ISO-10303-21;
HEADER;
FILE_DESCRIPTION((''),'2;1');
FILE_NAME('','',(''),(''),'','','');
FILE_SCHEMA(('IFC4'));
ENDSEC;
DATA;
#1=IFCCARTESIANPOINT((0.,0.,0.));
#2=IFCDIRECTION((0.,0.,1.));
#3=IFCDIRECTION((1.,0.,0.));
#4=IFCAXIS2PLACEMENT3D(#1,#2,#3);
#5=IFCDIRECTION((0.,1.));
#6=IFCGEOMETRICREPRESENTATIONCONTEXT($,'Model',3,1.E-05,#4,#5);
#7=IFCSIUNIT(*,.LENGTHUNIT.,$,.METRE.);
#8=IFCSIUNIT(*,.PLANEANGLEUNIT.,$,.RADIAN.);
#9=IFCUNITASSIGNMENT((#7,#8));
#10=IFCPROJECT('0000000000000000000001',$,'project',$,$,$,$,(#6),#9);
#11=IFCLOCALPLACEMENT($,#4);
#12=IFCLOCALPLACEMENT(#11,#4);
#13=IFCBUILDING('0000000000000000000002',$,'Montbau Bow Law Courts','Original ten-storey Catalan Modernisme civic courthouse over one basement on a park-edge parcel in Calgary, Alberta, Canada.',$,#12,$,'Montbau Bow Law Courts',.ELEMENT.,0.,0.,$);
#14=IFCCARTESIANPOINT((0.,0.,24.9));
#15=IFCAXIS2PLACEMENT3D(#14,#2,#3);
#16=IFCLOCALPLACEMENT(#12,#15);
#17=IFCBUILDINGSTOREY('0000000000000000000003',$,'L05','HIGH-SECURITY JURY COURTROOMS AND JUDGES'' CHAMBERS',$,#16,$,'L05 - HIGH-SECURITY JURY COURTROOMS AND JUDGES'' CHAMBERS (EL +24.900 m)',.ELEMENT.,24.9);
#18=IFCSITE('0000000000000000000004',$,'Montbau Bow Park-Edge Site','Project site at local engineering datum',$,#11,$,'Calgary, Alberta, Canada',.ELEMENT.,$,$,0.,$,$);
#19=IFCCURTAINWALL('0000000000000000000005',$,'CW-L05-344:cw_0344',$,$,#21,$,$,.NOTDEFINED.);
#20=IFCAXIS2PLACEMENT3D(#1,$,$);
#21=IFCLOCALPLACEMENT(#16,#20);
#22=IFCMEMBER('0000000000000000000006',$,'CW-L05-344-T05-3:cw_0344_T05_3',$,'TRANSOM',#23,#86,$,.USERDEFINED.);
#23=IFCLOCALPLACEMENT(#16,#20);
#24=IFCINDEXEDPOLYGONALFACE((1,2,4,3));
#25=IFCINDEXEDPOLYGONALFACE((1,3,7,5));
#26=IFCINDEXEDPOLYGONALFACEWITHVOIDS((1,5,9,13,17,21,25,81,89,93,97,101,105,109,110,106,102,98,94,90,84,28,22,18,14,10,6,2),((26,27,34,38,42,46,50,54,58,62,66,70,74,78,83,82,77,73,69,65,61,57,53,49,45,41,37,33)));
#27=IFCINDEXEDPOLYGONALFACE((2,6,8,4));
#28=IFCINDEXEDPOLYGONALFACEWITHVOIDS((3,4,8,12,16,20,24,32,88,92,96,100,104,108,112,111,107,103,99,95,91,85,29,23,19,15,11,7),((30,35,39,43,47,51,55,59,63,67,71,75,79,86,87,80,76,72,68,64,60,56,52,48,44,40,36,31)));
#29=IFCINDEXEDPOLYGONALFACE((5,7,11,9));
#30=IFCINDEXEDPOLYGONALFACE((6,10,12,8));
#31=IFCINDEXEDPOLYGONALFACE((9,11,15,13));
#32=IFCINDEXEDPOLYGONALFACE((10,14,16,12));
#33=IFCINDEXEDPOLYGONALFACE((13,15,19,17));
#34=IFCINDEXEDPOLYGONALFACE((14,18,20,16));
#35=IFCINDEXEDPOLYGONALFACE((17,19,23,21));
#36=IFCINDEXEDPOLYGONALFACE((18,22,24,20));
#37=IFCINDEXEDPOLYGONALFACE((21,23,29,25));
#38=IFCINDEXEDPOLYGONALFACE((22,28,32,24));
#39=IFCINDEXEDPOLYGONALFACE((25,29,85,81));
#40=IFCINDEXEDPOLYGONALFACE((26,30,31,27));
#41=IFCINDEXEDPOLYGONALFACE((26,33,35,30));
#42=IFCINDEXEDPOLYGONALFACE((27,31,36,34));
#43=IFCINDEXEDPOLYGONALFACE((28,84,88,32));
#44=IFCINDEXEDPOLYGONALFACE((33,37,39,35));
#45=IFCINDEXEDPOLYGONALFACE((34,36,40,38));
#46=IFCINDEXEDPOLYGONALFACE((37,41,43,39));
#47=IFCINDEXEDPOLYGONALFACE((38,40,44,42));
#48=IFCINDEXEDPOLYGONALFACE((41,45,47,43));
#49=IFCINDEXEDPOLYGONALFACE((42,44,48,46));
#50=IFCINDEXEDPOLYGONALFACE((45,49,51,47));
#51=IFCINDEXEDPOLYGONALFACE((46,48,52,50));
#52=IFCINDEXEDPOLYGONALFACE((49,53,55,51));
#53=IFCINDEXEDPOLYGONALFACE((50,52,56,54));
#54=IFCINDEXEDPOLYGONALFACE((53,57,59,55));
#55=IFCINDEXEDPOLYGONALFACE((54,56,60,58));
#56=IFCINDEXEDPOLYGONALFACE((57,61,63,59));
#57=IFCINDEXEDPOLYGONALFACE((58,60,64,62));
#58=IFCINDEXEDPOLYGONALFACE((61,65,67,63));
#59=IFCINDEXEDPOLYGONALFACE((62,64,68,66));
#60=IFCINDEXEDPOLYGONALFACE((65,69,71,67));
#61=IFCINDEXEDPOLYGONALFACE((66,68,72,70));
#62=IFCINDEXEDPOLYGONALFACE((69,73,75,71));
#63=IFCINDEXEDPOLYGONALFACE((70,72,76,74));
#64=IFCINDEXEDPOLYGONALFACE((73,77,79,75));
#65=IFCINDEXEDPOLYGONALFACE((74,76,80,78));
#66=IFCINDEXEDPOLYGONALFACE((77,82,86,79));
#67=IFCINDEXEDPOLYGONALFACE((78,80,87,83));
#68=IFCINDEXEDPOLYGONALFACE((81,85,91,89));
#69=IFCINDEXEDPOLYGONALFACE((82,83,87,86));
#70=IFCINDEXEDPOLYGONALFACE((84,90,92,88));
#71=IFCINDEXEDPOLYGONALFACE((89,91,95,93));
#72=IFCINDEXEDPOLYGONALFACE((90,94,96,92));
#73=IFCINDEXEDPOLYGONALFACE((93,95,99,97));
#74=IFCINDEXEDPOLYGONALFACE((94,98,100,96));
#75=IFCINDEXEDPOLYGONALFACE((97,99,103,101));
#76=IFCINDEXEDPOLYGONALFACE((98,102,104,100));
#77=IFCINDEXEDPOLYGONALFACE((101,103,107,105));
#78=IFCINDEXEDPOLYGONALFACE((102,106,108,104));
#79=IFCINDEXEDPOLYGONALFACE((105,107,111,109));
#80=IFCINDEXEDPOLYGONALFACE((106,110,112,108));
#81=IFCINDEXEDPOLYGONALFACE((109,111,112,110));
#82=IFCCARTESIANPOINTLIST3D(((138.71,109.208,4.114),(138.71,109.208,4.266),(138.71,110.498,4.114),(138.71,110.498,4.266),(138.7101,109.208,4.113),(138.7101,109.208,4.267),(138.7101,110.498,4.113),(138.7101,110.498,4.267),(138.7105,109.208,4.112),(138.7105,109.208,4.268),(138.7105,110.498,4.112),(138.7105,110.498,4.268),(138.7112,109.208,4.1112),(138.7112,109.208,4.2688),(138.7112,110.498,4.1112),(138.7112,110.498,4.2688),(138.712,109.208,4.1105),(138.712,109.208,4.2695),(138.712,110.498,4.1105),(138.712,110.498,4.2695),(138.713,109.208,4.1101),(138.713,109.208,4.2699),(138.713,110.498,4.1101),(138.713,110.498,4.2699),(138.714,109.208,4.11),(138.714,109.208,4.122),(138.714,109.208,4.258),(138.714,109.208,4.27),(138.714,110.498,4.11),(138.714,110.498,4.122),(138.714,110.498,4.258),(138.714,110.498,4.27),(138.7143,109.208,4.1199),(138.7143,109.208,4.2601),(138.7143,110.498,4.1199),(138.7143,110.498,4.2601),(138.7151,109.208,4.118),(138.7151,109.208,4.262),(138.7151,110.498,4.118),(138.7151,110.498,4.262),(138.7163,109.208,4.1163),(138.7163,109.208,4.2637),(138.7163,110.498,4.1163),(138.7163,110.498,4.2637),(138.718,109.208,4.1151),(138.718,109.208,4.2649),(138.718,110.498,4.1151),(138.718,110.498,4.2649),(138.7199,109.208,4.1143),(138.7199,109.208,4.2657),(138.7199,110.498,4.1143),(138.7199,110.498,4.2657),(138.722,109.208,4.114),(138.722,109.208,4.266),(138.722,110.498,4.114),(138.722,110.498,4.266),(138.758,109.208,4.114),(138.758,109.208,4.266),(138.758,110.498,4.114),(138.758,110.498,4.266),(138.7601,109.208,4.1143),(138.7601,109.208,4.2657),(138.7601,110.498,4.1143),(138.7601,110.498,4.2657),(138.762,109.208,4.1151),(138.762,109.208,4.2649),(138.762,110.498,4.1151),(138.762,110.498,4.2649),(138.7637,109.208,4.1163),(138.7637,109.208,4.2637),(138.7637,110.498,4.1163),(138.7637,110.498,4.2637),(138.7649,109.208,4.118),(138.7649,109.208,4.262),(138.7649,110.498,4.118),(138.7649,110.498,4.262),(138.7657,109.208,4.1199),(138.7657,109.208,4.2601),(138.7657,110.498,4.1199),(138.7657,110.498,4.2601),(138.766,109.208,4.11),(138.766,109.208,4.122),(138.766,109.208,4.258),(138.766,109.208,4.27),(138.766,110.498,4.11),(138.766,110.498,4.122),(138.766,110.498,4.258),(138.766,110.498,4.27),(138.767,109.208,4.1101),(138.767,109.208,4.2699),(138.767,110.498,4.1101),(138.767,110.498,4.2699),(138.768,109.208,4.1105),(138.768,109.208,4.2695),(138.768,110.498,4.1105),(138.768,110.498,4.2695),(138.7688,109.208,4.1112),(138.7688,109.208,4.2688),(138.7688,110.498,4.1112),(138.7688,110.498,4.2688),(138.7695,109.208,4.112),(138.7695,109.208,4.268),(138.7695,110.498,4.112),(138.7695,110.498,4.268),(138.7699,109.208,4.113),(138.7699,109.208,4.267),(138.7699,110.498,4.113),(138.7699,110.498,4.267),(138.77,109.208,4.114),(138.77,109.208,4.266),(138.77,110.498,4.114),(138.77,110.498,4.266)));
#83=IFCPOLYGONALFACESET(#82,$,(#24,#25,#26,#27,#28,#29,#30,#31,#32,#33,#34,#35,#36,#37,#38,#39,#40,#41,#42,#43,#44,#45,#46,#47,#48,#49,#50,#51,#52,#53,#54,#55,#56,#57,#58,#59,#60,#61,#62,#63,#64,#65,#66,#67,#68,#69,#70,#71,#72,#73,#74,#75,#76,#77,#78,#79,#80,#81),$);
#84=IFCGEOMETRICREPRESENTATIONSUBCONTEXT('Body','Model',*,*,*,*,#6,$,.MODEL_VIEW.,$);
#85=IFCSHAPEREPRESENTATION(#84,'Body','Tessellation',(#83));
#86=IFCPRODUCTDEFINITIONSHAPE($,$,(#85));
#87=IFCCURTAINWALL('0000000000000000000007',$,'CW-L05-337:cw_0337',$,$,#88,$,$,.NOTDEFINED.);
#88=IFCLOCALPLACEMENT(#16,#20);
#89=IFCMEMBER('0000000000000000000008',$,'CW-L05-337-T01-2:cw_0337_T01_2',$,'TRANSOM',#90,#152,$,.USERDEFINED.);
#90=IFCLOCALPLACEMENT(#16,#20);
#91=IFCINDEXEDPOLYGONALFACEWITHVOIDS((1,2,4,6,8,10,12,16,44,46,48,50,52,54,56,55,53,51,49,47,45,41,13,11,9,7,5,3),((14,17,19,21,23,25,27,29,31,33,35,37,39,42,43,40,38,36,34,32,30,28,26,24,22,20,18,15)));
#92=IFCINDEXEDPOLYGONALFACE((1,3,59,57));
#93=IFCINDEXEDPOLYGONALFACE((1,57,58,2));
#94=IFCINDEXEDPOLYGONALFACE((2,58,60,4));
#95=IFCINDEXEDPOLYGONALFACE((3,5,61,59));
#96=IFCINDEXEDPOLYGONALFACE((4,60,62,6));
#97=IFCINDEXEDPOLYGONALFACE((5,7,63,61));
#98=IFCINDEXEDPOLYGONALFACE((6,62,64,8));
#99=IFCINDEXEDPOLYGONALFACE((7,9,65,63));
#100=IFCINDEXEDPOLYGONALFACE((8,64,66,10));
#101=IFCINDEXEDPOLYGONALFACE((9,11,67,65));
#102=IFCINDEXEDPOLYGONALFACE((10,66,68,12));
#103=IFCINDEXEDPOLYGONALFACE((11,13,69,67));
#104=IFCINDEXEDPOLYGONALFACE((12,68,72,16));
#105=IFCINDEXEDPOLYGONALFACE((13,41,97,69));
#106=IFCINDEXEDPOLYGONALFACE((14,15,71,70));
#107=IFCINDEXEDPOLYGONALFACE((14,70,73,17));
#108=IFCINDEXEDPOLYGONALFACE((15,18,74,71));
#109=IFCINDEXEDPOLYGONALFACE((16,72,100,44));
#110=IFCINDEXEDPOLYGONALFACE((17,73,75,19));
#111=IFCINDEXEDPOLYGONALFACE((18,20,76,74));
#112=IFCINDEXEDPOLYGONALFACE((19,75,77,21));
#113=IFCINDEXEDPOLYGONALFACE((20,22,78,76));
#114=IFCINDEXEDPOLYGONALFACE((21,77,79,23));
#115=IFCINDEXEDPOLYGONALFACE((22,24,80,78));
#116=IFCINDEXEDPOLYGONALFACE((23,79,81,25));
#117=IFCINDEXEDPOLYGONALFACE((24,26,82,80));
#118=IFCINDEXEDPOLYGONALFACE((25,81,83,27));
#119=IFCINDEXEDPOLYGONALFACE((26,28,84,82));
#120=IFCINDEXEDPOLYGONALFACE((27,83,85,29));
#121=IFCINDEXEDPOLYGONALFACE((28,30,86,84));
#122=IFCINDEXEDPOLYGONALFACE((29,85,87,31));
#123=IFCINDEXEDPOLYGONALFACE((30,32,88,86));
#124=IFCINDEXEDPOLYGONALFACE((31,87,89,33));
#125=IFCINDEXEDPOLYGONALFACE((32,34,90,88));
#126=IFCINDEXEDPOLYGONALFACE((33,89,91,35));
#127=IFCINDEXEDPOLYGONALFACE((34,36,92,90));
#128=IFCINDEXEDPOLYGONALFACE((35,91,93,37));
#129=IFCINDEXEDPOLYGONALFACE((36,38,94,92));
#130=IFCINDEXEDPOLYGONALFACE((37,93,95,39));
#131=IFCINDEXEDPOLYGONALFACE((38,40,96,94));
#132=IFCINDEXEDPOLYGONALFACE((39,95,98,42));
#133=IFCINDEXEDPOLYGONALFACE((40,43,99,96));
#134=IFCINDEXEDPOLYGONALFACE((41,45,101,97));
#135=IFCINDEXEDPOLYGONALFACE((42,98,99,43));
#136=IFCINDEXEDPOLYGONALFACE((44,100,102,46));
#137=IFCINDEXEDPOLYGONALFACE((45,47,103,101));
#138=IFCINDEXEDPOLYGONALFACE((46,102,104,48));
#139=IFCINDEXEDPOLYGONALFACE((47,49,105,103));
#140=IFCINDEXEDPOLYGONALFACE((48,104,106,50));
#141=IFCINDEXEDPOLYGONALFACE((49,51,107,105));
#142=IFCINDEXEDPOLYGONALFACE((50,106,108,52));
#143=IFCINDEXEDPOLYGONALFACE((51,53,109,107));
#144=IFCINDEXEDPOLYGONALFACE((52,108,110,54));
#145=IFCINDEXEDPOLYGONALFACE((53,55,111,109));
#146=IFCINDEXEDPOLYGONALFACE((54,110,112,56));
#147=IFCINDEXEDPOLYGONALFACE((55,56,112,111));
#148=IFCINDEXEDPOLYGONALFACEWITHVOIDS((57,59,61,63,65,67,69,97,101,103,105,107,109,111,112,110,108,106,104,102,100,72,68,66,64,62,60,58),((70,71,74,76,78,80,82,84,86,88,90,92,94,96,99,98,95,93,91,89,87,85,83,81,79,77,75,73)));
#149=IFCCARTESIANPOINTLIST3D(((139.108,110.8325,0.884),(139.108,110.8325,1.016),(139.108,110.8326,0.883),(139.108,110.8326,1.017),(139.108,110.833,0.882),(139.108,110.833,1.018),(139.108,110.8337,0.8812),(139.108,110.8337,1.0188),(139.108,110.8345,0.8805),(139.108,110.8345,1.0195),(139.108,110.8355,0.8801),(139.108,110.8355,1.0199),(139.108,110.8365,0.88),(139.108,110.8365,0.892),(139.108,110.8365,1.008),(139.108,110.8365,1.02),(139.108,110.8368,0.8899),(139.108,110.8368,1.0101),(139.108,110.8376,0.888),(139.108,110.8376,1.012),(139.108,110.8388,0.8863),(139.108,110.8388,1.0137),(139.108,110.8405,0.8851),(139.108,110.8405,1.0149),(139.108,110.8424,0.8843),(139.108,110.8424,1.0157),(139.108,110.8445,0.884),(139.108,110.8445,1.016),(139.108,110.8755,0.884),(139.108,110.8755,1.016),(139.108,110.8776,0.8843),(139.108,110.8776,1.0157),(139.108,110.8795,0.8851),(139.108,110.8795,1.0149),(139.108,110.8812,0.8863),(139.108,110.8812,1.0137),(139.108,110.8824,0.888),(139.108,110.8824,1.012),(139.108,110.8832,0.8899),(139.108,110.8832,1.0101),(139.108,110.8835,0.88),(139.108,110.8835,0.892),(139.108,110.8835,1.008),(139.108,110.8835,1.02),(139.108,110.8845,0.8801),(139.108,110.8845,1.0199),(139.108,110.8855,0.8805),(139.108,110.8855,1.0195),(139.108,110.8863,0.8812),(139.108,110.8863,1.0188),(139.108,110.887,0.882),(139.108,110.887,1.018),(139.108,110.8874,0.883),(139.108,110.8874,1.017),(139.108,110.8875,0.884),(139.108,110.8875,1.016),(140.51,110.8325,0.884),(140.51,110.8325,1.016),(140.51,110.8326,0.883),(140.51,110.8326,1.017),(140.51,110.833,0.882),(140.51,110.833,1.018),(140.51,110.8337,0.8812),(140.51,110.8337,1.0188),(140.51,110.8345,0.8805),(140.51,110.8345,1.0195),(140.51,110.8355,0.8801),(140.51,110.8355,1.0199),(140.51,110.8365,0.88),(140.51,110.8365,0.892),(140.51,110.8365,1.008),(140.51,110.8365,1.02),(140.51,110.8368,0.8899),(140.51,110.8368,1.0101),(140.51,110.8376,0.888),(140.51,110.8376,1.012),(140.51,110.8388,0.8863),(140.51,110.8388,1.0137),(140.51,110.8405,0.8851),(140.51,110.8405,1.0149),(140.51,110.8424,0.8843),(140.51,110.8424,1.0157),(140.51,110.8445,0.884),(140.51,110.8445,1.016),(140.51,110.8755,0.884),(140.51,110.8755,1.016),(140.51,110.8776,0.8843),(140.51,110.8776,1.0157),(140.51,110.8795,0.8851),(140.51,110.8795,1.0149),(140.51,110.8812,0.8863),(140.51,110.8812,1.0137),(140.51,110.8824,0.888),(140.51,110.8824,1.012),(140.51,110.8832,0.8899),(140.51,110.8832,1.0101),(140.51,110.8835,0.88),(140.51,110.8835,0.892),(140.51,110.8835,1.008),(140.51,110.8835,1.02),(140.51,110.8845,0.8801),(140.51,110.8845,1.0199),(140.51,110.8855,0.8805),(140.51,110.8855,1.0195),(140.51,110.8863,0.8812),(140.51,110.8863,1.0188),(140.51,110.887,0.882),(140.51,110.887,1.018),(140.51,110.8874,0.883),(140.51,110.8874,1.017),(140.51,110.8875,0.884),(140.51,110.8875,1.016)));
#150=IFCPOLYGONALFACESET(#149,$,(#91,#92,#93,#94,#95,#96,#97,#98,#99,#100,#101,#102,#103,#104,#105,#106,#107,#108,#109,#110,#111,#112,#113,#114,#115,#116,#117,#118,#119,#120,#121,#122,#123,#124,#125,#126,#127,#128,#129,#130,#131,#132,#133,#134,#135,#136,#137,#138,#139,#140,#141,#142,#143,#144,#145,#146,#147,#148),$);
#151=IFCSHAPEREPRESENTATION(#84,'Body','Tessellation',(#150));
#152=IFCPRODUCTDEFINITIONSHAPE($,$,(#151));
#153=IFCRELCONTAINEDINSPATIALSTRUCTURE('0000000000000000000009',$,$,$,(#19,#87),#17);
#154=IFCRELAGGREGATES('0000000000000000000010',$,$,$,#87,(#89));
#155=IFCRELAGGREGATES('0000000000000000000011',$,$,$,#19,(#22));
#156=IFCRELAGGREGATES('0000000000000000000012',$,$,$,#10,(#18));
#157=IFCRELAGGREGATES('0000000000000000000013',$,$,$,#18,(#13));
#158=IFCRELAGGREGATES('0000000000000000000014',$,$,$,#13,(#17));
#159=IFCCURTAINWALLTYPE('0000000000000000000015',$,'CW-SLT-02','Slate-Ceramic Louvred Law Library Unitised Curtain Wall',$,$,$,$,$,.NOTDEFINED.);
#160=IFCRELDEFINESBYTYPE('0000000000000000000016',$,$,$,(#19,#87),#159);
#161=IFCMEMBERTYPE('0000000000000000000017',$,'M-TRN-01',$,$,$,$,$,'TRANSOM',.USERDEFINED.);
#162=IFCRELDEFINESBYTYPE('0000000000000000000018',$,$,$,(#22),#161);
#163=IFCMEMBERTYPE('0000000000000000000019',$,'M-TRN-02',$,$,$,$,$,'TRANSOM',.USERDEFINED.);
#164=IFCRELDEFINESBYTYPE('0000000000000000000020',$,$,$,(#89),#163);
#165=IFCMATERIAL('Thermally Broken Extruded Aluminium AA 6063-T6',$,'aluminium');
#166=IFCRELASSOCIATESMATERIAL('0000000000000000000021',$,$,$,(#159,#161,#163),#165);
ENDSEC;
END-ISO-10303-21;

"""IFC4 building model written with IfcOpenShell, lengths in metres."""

from ifc_helpers import new_model, si_unit, direction, frame, origin_with_axes, origin_2d_with_axis, place, context, subcontext, project, spatial, hollow_rectangle, extrude, material, material_profile, profile_set, type_object, element, aggregate, save


model = new_model("IFC4")

# Units and contexts
model_context = context("Model", 3, precision=1e-05, world=origin_with_axes(), true_north=direction((0.0, 1.0)))
body_context = subcontext(model_context, "Body", "Model", "MODEL_VIEW")
ifc_project = project(units=[si_unit("LENGTHUNIT", "METRE"), si_unit("PLANEANGLEUNIT", "RADIAN")], contexts=[model_context])

# Site, building, storey
site_placement = place(None, origin_with_axes())
site = spatial("IfcSite", under=ifc_project, at=site_placement, Name="Montbau Bow Park-Edge Site", Description="Project site at local engineering datum", LongName="Calgary, Alberta, Canada", CompositionType="ELEMENT", RefElevation=0.0)
building_placement = place(site_placement, origin_with_axes())
building = spatial("IfcBuilding", under=site, at=building_placement, Name="Montbau Bow Law Courts", Description="Original ten-storey Catalan Modernisme civic courthouse over one basement on a park-edge parcel in Calgary, Alberta, Canada.", LongName="Montbau Bow Law Courts", CompositionType="ELEMENT", ElevationOfRefHeight=0.0, ElevationOfTerrain=0.0)
storey_placement = place(building_placement, frame((0.0, 0.0, 24.9), z_axis=(0.0, 0.0, 1.0), x_axis=(1.0, 0.0, 0.0)))
storey = spatial("IfcBuildingStorey", under=building, at=storey_placement, Name="L05", Description="HIGH-SECURITY JURY COURTROOMS AND JUDGES' CHAMBERS", LongName="L05 - HIGH-SECURITY JURY COURTROOMS AND JUDGES' CHAMBERS (EL +24.900 m)", CompositionType="ELEMENT", Elevation=24.9)

# Curtain wall, member
ifc_material_1 = material(Name="Thermally Broken Extruded Aluminium AA 6063-T6", Category="aluminium")
curtain_wall_type = type_object("IfcCurtainWallType", Name="CW-SLT-02", Description="Slate-Ceramic Louvred Law Library Unitised Curtain Wall", PredefinedType="NOTDEFINED", material=ifc_material_1)
curtain_wall_1_placement = place(None, frame((138.74, 103.64, 24.9), z_axis=(0.0, 0.0, 1.0), x_axis=(1.0, 0.0, 0.0)))
curtain_wall_1 = element("IfcCurtainWall", 1, at=curtain_wall_1_placement, inside=storey, type_object=curtain_wall_type, Name="CW-L05-344:cw_0344", PredefinedType="NOTDEFINED")
ifc_material_profile_1 = material_profile(ifc_material_1, hollow_rectangle(XDim=0.06, YDim=0.16, WallThickness=0.004, InnerFilletRadius=0.008, OuterFilletRadius=0.004, at=origin_2d_with_axis()), Name="CWT-160X60", Category="Main", Priority=0)
ifc_profile_set_1 = profile_set([ifc_material_profile_1], Name="Thermally Broken Extruded Aluminium AA 6063-T6")
member_type_1 = type_object("IfcMemberType", Name="M-TRN-01", ElementType="TRANSOM", PredefinedType="USERDEFINED", material=ifc_profile_set_1)
member_1_placement = place(None, frame((138.74, 109.208, 29.09), z_axis=(0.0, 1.0, 0.0), x_axis=(-1.0, 0.0, 0.0)))
member_1 = element("IfcMember", 2, at=member_1_placement, type_object=member_type_1, Name="CW-L05-344-T05-3:cw_0344_T05_3", ObjectType="TRANSOM", PredefinedType="USERDEFINED", context=body_context, shape_type="SweptSolid", body=[
    extrude(hollow_rectangle(XDim=0.06, YDim=0.16, WallThickness=0.004, InnerFilletRadius=0.008, OuterFilletRadius=0.004, at=origin_2d_with_axis()), origin_with_axes(), (0.0, 0.0, 1.0), 1.29),
])

# Curtain wall, member
curtain_wall_2_placement = place(None, frame((139.04, 110.86, 24.9), z_axis=(0.0, 0.0, 1.0), x_axis=(1.0, 0.0, 0.0)))
curtain_wall_2 = element("IfcCurtainWall", 3, at=curtain_wall_2_placement, inside=storey, type_object=curtain_wall_type, Name="CW-L05-337:cw_0337", PredefinedType="NOTDEFINED")
ifc_material_profile_2 = material_profile(ifc_material_1, hollow_rectangle(XDim=0.055, YDim=0.14, WallThickness=0.004, InnerFilletRadius=0.008, OuterFilletRadius=0.004, at=origin_2d_with_axis()), Name="CWT-140X55", Category="Main", Priority=0)
ifc_profile_set_2 = profile_set([ifc_material_profile_2], Name="Thermally Broken Extruded Aluminium AA 6063-T6")
member_type_2 = type_object("IfcMemberType", Name="M-TRN-02", ElementType="TRANSOM", PredefinedType="USERDEFINED", material=ifc_profile_set_2)
member_2_placement = place(None, frame((139.108, 110.86, 25.85), z_axis=(1.0, 0.0, 0.0), x_axis=(0.0, 1.0, 0.0)))
member_2 = element("IfcMember", 4, at=member_2_placement, type_object=member_type_2, Name="CW-L05-337-T01-2:cw_0337_T01_2", ObjectType="TRANSOM", PredefinedType="USERDEFINED", context=body_context, shape_type="SweptSolid", body=[
    extrude(hollow_rectangle(XDim=0.055, YDim=0.14, WallThickness=0.004, InnerFilletRadius=0.008, OuterFilletRadius=0.004, at=origin_2d_with_axis()), origin_with_axes(), (0.0, 0.0, 1.0), 1.402),
])

aggregate(curtain_wall_2, [member_2])
aggregate(curtain_wall_1, [member_1])

save(model, "model.ifc")
